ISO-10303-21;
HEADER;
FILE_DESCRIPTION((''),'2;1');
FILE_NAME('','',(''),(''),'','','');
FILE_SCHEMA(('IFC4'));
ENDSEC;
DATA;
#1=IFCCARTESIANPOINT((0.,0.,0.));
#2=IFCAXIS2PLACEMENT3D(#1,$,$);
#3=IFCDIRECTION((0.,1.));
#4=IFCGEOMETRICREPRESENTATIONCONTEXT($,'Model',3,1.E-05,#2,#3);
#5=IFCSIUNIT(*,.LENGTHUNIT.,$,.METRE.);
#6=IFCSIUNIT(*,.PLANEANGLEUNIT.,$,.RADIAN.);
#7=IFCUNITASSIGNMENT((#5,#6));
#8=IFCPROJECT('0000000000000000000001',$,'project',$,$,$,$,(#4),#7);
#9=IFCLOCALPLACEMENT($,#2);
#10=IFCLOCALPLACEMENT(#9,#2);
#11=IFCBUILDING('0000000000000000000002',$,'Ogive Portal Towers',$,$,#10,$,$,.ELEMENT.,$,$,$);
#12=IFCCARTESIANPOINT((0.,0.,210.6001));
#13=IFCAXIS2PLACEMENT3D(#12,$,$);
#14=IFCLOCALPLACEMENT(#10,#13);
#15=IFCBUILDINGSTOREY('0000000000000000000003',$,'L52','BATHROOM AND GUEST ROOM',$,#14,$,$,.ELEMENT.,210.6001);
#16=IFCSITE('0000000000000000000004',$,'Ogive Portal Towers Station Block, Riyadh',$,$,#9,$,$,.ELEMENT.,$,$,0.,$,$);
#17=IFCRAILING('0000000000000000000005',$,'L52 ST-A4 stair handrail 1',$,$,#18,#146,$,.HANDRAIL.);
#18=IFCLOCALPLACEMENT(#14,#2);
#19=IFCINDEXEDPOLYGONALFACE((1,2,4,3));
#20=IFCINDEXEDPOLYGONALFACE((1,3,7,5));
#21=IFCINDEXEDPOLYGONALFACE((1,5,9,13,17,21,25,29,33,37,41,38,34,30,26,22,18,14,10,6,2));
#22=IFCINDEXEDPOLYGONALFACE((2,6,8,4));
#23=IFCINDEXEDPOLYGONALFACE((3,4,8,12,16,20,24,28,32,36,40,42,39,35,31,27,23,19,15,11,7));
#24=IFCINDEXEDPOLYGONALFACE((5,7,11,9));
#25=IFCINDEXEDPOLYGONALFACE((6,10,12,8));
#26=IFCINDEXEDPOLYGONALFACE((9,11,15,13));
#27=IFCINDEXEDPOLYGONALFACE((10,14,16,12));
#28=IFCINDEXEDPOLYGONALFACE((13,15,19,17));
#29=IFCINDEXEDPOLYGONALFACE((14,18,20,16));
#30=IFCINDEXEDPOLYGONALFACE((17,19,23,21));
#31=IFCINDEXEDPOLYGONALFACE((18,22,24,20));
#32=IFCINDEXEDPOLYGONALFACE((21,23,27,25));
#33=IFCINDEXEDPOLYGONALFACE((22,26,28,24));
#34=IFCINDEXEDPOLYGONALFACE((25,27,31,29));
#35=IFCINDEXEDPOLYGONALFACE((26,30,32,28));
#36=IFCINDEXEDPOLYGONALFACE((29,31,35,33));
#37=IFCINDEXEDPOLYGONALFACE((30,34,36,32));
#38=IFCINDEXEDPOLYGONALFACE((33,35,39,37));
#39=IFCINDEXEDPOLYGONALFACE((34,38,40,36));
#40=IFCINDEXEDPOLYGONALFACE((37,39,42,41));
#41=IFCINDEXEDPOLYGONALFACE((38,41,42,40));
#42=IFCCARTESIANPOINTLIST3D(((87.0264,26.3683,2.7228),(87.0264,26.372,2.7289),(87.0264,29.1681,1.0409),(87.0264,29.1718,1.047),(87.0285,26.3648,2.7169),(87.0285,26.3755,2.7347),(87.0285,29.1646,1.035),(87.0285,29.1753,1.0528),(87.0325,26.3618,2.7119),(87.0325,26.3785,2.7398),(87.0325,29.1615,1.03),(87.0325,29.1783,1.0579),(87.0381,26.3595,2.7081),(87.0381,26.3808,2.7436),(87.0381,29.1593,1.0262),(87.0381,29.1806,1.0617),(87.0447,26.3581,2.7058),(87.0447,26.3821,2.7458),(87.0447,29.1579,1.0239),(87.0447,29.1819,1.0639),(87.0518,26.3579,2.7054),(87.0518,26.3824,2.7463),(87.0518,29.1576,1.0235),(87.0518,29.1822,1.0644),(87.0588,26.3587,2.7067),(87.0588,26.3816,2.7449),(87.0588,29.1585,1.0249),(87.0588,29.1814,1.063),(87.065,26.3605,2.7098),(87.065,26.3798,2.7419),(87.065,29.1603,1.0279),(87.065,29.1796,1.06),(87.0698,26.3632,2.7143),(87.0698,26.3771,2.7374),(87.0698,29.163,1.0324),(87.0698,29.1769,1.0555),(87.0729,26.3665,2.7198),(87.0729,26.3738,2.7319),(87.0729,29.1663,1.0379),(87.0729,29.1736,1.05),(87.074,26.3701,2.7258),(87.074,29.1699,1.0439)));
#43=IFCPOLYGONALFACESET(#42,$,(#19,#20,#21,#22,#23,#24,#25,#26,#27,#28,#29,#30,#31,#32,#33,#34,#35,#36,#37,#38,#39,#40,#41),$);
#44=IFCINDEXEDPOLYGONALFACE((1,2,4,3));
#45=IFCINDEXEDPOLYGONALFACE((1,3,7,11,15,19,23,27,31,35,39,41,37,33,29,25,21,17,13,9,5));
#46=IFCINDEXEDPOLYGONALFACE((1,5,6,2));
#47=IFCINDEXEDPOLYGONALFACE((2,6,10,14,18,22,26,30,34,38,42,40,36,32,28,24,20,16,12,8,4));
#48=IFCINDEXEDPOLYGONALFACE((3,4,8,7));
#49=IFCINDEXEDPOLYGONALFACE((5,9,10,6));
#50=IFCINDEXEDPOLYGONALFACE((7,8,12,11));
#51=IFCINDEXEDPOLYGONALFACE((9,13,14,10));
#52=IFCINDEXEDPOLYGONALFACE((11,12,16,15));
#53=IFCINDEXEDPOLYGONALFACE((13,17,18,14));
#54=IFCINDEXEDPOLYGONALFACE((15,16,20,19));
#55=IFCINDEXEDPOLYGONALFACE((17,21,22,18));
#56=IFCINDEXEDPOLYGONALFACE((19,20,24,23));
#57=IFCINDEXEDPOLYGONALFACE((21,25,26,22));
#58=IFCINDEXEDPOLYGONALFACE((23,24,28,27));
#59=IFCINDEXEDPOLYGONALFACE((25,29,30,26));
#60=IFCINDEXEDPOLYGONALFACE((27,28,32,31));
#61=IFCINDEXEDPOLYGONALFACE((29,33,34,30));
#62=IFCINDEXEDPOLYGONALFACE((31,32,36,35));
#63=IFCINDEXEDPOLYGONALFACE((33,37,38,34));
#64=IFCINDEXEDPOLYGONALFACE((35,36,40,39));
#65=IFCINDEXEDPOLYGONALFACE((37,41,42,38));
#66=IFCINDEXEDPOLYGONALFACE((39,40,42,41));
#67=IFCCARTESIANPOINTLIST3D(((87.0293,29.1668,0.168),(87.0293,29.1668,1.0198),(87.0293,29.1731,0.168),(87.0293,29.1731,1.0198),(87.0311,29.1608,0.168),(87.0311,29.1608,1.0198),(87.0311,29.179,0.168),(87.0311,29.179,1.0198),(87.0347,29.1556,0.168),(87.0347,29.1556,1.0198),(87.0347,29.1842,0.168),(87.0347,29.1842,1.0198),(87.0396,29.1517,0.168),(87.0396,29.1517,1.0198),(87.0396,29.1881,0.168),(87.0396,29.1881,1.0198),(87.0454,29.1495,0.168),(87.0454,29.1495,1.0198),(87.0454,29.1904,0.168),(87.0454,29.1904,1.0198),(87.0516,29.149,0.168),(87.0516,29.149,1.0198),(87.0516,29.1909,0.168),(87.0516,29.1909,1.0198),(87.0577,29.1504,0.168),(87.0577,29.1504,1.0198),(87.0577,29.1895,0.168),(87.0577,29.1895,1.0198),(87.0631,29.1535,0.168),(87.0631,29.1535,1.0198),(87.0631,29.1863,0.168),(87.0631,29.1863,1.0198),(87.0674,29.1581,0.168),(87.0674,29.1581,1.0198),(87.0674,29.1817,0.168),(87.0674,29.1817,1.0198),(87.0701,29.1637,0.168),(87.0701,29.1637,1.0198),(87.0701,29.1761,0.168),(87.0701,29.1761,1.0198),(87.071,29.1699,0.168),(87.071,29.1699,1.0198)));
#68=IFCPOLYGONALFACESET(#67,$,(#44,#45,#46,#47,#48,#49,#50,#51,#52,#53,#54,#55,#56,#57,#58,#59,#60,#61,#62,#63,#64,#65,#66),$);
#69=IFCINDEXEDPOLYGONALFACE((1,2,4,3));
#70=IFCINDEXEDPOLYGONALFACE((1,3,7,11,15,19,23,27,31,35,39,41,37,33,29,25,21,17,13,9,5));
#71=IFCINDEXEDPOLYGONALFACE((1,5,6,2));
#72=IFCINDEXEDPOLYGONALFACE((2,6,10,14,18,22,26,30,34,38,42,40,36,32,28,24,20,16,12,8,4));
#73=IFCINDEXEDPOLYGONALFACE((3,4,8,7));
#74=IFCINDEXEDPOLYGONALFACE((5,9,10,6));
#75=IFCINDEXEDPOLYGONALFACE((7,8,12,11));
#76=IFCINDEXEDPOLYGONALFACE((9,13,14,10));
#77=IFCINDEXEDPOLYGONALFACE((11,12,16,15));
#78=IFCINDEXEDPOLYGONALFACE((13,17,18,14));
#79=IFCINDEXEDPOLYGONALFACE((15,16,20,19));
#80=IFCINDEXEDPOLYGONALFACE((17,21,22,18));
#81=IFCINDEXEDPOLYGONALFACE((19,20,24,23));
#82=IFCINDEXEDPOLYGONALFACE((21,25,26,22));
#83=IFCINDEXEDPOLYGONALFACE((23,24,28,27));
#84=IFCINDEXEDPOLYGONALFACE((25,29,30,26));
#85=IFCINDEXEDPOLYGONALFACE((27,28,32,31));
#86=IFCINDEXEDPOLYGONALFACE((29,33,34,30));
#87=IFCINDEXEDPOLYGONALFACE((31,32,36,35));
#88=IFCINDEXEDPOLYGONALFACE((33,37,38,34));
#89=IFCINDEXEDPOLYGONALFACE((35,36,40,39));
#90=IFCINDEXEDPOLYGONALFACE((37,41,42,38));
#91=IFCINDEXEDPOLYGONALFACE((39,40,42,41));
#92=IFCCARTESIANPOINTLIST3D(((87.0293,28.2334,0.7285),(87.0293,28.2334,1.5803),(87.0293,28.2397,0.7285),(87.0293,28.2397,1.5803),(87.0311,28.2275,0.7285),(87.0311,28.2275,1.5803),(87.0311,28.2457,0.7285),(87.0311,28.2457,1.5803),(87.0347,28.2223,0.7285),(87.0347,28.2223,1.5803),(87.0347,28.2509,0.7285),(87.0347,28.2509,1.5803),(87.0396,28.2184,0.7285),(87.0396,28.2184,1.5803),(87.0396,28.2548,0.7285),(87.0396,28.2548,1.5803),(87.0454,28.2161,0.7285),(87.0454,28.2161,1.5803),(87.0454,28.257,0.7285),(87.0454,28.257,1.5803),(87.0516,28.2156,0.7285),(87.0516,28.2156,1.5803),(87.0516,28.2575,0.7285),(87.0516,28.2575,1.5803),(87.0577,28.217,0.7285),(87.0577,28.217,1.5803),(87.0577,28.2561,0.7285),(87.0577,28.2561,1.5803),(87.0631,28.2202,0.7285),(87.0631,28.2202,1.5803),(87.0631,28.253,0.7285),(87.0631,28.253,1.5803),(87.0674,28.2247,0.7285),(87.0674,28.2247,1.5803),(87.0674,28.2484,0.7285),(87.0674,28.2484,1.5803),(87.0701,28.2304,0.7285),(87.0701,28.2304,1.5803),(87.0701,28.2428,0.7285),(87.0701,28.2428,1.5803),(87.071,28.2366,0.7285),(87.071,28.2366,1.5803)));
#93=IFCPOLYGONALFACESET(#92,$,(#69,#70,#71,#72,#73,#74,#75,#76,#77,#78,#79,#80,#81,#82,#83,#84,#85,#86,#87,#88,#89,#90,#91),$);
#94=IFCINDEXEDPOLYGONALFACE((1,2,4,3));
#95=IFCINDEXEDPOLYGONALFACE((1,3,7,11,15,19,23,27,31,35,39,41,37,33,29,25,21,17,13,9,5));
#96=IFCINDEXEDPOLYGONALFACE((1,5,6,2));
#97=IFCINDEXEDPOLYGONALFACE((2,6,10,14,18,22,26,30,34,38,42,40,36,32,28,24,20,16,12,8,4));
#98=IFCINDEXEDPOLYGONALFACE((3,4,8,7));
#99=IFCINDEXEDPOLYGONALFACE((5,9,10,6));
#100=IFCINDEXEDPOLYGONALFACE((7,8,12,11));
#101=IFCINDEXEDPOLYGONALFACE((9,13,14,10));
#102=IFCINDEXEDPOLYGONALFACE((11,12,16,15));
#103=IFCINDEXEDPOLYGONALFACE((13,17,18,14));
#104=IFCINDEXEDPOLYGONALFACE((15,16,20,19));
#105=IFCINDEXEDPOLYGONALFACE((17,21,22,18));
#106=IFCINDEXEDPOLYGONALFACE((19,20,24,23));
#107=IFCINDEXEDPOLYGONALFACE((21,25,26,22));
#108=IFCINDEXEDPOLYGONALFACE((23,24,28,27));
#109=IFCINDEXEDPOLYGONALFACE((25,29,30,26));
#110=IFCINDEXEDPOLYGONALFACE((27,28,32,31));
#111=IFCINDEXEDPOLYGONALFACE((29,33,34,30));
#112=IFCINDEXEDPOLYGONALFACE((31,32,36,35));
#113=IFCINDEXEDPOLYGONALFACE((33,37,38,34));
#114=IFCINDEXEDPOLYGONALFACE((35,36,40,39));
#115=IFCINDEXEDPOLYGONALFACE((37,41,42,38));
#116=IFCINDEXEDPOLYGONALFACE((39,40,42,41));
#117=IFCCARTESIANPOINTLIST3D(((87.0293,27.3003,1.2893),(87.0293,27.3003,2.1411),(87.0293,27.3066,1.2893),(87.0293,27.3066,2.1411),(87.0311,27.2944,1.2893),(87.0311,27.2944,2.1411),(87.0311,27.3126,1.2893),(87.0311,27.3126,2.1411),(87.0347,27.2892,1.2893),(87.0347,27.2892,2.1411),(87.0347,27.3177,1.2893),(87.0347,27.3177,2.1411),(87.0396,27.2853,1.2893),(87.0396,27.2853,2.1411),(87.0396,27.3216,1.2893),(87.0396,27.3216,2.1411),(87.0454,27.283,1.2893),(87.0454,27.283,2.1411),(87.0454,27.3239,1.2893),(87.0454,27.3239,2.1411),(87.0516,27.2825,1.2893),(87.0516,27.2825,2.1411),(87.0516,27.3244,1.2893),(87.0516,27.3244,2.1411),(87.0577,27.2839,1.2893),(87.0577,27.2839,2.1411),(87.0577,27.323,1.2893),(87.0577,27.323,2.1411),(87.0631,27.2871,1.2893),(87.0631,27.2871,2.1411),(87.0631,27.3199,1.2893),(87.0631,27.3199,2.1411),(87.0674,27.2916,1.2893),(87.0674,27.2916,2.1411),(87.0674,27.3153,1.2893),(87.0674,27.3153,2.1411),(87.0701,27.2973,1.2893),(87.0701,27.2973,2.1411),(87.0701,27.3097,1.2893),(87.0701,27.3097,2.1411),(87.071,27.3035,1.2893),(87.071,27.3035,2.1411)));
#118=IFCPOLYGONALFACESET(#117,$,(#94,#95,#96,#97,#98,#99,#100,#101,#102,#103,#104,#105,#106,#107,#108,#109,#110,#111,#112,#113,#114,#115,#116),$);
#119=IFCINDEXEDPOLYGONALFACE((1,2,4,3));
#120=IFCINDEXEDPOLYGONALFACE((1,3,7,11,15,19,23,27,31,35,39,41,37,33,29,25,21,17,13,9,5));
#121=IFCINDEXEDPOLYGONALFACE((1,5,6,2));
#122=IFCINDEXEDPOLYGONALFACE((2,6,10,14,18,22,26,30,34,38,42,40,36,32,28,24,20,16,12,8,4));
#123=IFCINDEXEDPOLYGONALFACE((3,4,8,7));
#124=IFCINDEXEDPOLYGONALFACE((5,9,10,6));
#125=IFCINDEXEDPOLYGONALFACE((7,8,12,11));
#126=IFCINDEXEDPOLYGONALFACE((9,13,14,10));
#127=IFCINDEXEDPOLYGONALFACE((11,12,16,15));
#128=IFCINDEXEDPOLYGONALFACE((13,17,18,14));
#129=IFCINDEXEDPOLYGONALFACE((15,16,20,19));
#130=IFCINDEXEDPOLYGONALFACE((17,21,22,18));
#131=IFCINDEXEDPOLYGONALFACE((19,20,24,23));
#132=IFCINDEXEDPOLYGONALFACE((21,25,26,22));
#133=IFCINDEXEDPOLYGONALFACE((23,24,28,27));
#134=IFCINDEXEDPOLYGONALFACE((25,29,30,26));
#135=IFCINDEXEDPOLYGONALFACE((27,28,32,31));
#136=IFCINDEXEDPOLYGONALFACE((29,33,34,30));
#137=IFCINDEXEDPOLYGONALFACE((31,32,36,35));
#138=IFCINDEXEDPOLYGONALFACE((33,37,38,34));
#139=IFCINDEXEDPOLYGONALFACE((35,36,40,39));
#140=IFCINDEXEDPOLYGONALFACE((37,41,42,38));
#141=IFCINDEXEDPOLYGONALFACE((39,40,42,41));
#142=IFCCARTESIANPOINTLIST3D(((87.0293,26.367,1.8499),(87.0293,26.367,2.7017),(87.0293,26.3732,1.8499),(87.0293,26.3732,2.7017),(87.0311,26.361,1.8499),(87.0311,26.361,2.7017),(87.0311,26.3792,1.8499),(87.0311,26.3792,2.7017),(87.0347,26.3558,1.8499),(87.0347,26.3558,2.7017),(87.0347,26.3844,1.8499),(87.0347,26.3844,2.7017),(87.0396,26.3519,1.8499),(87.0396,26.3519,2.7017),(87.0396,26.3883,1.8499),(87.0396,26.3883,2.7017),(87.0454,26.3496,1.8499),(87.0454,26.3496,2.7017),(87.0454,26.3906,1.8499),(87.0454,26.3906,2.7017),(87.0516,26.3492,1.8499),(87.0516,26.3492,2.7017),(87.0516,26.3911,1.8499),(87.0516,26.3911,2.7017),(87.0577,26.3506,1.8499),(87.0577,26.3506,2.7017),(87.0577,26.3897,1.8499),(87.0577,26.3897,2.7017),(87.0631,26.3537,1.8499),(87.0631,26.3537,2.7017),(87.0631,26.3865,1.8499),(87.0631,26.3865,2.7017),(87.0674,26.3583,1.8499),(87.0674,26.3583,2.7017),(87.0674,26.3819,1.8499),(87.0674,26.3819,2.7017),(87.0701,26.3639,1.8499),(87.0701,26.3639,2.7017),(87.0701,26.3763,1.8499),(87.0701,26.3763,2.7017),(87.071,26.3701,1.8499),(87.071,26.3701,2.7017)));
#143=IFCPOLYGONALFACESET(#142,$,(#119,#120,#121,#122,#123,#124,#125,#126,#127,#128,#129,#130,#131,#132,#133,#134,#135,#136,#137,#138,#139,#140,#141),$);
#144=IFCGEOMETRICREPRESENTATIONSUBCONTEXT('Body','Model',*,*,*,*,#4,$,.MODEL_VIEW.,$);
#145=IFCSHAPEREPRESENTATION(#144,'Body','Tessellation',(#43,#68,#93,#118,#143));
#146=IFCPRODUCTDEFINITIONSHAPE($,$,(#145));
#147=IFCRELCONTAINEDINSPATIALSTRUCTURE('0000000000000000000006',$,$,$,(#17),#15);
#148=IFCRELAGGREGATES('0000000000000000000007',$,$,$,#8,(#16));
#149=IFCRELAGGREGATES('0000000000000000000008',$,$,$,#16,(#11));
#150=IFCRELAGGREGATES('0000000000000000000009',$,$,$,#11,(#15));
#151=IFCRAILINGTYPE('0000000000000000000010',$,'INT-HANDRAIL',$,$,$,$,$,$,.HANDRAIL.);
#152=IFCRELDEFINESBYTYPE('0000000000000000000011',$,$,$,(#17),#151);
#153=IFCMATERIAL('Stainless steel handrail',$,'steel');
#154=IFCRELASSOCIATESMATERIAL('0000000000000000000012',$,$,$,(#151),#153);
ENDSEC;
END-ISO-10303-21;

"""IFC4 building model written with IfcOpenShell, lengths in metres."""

from ifc_helpers import new_model, si_unit, direction, frame, origin, origin_2d, place, context, subcontext, project, spatial, circle, extrude, material, type_object, element, save


model = new_model("IFC4")

# Units and contexts
model_context = context("Model", 3, precision=1e-05, world=origin(), true_north=direction((0.0, 1.0)))
body_context = subcontext(model_context, "Body", "Model", "MODEL_VIEW")
ifc_project = project(units=[si_unit("LENGTHUNIT", "METRE"), si_unit("PLANEANGLEUNIT", "RADIAN")], contexts=[model_context])

# Site, building, storey
site_placement = place(None, origin())
site = spatial("IfcSite", under=ifc_project, at=site_placement, Name="Ogive Portal Towers Station Block, Riyadh", CompositionType="ELEMENT", RefElevation=0.0)
building_placement = place(site_placement, origin())
building = spatial("IfcBuilding", under=site, at=building_placement, Name="Ogive Portal Towers", CompositionType="ELEMENT")
storey_placement = place(building_placement, frame((0.0, 0.0, 210.6001)))
storey = spatial("IfcBuildingStorey", under=building, at=storey_placement, Name="L52", Description="BATHROOM AND GUEST ROOM", CompositionType="ELEMENT", Elevation=210.6001)

# Railing
ifc_material_1 = material(Name="Stainless steel handrail", Category="steel")
railing_type_1 = type_object("IfcRailingType", Name="INT-HANDRAIL", PredefinedType="HANDRAIL", material=ifc_material_1)
railing_1_placement = place(storey_placement, frame((87.05, 29.1699, 0.168)))
element("IfcRailing", 1, at=railing_1_placement, inside=storey, type_object=railing_type_1, Name="L52 ST-A4 stair handrail 1", PredefinedType="HANDRAIL", context=body_context, shape_type="SweptSolid", body=[
    extrude(circle(Radius=0.0239, at=origin_2d()), frame((0.0, 0.0, 0.876), z_axis=(0.0, -0.857222, 0.514946), x_axis=(1.0, 0.0, 0.0)), (0.0, 0.0, 1.0), 3.2661),
    extrude(circle(Radius=0.021, at=origin_2d()), origin(), (0.0, 0.0, 1.0), 0.8518),
    extrude(circle(Radius=0.021, at=origin_2d()), frame((0.0, -0.9333, 0.5605)), (0.0, 0.0, 1.0), 0.8518),
    extrude(circle(Radius=0.021, at=origin_2d()), frame((0.0, -1.8665, 1.1213)), (0.0, 0.0, 1.0), 0.8518),
    extrude(circle(Radius=0.021, at=origin_2d()), frame((0.0, -2.7998, 1.6819)), (0.0, 0.0, 1.0), 0.8518),
])

save(model, "model.ifc")
